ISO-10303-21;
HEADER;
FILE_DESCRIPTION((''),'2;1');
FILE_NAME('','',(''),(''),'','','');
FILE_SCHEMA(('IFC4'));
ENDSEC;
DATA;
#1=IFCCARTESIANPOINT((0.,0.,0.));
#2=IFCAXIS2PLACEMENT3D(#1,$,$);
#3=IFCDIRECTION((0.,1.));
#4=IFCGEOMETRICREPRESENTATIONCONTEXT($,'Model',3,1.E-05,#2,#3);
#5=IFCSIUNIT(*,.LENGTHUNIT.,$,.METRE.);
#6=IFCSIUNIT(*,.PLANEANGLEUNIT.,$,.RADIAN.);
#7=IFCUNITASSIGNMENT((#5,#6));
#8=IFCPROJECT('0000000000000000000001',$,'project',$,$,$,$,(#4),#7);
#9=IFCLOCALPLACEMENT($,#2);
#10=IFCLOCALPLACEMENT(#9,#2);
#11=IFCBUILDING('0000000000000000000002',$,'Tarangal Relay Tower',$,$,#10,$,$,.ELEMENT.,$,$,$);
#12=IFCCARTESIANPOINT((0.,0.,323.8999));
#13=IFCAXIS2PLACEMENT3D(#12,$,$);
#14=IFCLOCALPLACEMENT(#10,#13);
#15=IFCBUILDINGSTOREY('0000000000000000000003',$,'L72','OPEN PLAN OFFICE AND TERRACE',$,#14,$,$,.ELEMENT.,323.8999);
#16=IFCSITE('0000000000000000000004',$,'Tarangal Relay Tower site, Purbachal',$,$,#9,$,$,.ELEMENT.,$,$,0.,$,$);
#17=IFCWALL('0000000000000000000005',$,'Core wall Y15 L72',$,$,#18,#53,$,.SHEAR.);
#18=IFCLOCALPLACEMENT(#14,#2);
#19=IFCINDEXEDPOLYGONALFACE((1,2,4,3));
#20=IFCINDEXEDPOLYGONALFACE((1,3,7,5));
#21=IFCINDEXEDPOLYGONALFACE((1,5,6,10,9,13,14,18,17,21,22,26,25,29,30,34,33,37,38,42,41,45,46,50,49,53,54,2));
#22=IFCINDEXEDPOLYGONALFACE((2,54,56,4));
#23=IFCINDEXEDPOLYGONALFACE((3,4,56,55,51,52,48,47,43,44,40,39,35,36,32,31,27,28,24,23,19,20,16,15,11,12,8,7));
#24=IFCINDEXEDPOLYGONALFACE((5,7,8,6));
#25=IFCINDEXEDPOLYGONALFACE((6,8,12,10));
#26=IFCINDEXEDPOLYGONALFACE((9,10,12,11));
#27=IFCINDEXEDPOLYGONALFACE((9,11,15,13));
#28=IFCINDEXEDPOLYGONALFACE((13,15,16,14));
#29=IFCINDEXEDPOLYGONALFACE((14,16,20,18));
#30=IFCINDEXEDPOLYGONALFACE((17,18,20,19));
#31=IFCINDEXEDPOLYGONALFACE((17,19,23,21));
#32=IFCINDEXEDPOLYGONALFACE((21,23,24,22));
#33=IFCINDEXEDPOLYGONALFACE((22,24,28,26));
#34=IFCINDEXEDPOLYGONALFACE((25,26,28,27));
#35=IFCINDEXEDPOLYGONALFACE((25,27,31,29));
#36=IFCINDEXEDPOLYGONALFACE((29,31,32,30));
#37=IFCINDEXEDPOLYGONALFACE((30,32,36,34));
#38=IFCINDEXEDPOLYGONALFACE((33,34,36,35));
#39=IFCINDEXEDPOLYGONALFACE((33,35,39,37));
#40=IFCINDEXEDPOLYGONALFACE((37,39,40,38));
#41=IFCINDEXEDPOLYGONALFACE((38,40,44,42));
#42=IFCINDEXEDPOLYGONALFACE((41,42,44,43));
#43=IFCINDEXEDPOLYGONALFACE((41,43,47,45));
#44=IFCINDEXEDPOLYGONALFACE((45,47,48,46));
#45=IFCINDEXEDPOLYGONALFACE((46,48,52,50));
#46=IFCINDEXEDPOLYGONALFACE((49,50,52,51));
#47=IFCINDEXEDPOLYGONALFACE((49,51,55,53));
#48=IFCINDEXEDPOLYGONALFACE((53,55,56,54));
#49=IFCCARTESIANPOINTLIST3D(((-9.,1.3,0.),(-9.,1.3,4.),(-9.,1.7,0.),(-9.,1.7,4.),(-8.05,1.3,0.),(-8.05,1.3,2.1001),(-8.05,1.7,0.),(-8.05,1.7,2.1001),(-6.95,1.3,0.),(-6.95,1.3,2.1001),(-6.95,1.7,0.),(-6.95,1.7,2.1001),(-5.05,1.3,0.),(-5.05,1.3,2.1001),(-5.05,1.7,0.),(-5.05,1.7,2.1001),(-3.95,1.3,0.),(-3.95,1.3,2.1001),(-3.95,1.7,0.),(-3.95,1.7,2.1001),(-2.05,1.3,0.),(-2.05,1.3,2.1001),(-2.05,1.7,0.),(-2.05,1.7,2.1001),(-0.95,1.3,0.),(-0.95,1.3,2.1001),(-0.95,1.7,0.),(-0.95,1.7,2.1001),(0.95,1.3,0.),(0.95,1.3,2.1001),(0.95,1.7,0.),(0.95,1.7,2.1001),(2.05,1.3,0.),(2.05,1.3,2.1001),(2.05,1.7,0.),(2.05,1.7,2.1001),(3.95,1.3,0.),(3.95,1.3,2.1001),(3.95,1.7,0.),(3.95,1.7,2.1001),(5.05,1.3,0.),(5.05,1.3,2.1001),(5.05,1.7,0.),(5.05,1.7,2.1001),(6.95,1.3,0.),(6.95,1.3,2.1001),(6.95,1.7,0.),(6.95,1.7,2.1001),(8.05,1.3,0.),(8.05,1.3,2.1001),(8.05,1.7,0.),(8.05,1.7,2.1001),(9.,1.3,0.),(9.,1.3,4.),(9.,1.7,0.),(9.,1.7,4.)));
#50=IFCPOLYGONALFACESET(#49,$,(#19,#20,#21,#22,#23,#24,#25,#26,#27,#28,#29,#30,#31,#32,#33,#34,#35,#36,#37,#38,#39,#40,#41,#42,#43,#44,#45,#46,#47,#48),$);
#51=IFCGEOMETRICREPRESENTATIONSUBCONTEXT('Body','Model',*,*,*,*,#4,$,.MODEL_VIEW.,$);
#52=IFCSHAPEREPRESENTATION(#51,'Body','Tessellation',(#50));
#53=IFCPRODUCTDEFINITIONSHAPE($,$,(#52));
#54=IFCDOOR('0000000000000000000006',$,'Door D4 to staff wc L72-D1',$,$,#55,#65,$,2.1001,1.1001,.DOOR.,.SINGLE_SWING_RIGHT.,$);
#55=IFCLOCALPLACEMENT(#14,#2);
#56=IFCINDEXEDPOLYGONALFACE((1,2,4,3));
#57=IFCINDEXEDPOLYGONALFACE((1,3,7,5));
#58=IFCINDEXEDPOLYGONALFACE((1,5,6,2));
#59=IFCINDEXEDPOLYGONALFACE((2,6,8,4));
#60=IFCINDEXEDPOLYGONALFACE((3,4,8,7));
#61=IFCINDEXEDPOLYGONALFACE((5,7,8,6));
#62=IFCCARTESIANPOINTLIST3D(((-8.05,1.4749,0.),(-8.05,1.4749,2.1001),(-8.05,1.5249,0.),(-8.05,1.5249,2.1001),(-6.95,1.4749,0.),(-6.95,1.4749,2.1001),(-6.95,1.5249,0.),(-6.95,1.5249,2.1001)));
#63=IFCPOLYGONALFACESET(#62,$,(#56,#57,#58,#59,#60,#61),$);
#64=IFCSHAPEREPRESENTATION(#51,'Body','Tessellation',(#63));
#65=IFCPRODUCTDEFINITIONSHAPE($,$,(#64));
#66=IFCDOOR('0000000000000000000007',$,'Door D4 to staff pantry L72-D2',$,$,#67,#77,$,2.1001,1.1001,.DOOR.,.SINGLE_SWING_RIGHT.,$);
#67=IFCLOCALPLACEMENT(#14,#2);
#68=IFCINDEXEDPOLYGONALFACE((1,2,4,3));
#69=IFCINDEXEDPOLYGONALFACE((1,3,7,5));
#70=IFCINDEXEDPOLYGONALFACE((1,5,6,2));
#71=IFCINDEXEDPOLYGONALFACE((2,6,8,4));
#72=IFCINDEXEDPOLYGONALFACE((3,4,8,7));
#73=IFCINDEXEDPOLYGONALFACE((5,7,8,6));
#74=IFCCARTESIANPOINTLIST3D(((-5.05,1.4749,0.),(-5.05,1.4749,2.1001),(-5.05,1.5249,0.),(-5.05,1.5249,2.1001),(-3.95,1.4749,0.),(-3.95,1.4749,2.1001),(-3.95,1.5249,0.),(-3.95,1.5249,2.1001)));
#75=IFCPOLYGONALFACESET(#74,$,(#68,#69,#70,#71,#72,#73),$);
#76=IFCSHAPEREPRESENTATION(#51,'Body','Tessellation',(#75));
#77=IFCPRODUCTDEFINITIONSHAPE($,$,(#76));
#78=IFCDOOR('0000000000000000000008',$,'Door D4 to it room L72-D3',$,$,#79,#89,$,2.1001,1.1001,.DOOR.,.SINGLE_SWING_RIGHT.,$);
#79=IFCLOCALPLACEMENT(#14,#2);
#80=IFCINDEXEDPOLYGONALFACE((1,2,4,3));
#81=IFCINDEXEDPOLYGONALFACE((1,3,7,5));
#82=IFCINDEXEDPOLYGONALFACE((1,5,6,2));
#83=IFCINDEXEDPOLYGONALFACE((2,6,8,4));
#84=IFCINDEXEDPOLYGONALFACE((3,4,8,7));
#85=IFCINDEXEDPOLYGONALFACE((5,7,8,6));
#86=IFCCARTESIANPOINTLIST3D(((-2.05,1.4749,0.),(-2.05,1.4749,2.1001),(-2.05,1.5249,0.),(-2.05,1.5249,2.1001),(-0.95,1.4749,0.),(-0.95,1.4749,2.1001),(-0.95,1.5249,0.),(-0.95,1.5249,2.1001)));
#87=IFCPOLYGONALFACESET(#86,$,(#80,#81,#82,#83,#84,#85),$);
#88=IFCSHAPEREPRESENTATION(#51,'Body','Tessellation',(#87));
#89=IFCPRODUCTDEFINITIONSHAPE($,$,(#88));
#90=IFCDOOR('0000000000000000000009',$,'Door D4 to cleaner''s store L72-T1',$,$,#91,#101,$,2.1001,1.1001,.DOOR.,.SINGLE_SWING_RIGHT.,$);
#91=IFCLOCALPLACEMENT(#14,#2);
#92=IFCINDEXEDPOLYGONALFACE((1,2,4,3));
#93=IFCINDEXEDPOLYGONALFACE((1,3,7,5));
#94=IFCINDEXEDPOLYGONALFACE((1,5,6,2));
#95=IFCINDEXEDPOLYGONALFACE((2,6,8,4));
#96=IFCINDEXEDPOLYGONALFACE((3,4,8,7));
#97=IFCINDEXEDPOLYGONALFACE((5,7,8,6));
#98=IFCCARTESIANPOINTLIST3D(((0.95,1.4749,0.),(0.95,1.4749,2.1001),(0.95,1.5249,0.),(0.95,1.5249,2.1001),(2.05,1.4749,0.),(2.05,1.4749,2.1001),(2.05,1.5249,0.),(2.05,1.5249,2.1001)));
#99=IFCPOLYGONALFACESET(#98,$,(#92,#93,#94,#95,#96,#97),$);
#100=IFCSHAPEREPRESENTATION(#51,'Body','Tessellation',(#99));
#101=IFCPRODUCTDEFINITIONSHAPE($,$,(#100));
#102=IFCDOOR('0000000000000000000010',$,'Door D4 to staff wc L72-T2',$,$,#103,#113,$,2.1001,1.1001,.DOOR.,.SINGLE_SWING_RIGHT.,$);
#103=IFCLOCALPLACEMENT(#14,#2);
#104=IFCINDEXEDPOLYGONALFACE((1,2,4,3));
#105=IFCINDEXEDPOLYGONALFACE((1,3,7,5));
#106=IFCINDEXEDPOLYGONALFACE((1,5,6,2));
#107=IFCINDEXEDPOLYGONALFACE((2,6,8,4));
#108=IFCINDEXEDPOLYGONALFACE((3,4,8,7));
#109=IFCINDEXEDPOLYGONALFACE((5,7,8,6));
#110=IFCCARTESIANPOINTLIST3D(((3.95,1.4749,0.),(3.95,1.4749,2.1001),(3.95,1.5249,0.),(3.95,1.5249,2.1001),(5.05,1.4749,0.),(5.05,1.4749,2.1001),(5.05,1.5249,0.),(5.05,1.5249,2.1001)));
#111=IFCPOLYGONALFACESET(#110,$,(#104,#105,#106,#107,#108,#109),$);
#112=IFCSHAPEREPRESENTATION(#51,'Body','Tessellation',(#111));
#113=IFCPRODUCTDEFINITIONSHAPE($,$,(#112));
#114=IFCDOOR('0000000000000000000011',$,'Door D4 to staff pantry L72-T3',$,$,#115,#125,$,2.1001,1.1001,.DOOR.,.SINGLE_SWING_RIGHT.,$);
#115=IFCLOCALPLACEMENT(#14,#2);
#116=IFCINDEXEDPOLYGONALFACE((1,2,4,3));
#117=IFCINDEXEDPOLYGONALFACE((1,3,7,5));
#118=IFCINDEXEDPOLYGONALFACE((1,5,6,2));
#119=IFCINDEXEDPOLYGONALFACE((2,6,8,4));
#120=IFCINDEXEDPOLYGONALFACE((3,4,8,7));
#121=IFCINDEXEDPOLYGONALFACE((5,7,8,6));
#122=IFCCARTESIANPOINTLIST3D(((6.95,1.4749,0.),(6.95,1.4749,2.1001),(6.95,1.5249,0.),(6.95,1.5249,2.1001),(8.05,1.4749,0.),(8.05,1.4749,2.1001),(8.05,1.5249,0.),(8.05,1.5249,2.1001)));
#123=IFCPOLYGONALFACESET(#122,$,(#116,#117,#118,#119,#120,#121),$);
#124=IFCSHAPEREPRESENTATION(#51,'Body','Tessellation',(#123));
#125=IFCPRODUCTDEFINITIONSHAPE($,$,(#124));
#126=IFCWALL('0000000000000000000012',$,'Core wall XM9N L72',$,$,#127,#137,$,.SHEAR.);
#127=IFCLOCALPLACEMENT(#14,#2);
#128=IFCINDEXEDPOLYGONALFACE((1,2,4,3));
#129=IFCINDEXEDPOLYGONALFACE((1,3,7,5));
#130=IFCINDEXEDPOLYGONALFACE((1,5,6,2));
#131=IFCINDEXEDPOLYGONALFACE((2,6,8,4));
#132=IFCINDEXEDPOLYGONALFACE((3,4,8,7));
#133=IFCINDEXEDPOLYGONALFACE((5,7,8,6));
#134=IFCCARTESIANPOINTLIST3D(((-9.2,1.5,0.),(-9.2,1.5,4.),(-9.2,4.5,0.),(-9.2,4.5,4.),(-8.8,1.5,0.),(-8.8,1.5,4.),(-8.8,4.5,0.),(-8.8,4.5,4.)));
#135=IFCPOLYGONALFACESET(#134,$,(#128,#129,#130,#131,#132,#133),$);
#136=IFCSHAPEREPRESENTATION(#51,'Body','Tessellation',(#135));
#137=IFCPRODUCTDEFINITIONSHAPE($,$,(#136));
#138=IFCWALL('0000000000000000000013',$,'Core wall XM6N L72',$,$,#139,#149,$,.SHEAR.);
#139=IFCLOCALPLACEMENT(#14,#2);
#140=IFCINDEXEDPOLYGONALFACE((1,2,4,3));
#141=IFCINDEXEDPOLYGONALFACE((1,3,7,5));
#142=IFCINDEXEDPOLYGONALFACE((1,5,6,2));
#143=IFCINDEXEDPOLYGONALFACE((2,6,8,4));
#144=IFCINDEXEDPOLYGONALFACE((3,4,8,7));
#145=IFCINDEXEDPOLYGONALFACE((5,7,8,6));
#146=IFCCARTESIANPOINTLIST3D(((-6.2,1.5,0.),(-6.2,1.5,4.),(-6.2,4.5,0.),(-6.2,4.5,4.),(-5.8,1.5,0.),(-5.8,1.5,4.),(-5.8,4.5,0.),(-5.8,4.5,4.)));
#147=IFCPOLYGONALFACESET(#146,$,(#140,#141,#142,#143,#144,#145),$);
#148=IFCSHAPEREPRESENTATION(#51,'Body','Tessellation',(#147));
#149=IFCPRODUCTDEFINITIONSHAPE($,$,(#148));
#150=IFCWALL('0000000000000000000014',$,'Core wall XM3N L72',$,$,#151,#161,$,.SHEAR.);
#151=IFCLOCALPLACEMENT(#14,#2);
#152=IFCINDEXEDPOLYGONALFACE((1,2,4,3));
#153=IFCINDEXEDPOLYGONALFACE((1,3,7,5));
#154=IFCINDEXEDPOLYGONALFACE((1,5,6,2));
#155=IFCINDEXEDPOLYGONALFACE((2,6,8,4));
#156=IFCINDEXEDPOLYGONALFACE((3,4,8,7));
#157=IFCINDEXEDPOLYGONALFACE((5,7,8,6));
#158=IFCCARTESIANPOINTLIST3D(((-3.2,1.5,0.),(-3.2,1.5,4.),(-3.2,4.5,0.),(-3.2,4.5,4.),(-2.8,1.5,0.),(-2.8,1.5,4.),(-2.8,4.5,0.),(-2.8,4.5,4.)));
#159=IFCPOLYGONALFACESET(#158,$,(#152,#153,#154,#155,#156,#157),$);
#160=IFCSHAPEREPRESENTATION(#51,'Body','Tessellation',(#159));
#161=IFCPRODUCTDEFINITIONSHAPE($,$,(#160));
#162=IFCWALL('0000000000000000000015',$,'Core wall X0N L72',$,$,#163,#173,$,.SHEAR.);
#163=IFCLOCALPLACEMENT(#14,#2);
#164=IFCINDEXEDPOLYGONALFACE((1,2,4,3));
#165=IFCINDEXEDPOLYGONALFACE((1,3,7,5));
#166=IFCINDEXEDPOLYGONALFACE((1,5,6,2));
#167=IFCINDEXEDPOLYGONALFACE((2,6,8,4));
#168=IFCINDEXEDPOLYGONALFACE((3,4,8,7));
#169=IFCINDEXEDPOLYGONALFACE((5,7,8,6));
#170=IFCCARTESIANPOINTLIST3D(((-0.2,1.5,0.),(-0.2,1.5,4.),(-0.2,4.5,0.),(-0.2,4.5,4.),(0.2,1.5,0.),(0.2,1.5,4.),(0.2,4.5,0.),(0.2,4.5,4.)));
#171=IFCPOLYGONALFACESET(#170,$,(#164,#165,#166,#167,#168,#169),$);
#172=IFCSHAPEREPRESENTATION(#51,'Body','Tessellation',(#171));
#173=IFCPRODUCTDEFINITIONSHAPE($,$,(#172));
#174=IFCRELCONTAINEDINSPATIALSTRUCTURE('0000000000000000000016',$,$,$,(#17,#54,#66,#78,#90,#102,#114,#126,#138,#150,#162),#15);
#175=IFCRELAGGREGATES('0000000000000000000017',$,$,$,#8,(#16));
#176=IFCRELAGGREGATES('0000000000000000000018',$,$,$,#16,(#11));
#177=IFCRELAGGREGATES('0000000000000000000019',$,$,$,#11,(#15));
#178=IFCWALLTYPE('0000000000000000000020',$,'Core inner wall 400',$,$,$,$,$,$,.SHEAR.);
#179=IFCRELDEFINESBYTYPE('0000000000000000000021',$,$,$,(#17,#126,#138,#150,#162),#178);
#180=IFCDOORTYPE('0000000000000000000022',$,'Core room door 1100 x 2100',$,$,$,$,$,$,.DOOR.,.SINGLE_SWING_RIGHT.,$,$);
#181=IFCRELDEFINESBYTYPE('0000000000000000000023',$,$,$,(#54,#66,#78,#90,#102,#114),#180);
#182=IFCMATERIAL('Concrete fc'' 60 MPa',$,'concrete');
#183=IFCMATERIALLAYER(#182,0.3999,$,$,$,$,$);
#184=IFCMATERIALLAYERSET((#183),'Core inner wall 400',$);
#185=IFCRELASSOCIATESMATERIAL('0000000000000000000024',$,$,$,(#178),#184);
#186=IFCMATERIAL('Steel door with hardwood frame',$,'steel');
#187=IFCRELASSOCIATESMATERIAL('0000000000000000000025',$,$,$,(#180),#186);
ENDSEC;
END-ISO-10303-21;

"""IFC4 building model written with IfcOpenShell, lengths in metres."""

from ifc_helpers import new_model, si_unit, direction, frame, frame_2d, origin, place, context, subcontext, project, spatial, rectangle, extrude, material, layer, layer_set, type_object, element, fill, save


model = new_model("IFC4")

# Units and contexts
model_context = context("Model", 3, precision=1e-05, world=origin(), true_north=direction((0.0, 1.0)))
body_context = subcontext(model_context, "Body", "Model", "MODEL_VIEW")
ifc_project = project(units=[si_unit("LENGTHUNIT", "METRE"), si_unit("PLANEANGLEUNIT", "RADIAN")], contexts=[model_context])

# Site, building, storey
site_placement = place(None, origin())
site = spatial("IfcSite", under=ifc_project, at=site_placement, Name="Tarangal Relay Tower site, Purbachal", CompositionType="ELEMENT", RefElevation=0.0)
building_placement = place(site_placement, origin())
building = spatial("IfcBuilding", under=site, at=building_placement, Name="Tarangal Relay Tower", CompositionType="ELEMENT")
storey_placement = place(building_placement, frame((0.0, 0.0, 323.8999)))
storey = spatial("IfcBuildingStorey", under=building, at=storey_placement, Name="L72", Description="OPEN PLAN OFFICE AND TERRACE", CompositionType="ELEMENT", Elevation=323.8999)

# Wall, openings, doors
ifc_material_1 = material(Name="Concrete fc' 60 MPa", Category="concrete")
ifc_layer_1 = layer(ifc_material_1, 0.3999)
ifc_layer_set_1 = layer_set([ifc_layer_1], Name="Core inner wall 400")
wall_type = type_object("IfcWallType", Name="Core inner wall 400", PredefinedType="SHEAR", material=ifc_layer_set_1)
wall_1_placement = place(storey_placement, frame((-9.0, 1.5, 0.0), z_axis=(0.0, 0.0, 1.0), x_axis=(1.0, 0.0, 0.0)))
wall_1 = element("IfcWall", 1, at=wall_1_placement, inside=storey, type_object=wall_type, Name="Core wall Y15 L72", PredefinedType="SHEAR", context=body_context, shape_type="SweptSolid", body=[
    extrude(rectangle(XDim=18.0, YDim=0.3999, at=frame_2d((9.0, 0.0))), origin(), (0.0, 0.0, 1.0), 4.0),
])
opening_1_placement = place(wall_1_placement, frame((0.95, 0.0, 0.0)))
opening_1 = element("IfcOpeningElement", 2, at=opening_1_placement, cuts=wall_1, PredefinedType="OPENING", context=body_context, shape_type="SweptSolid", body=[
    extrude(rectangle(XDim=1.1001, YDim=2.1001, at=frame_2d((0.55, 1.05))), frame((0.0, 0.21, 0.0), z_axis=(0.0, -1.0, 0.0), x_axis=(1.0, 0.0, 0.0)), (0.0, 0.0, 1.0), 0.4199),
])
opening_2_placement = place(wall_1_placement, frame((3.95, 0.0, 0.0)))
opening_2 = element("IfcOpeningElement", 3, at=opening_2_placement, cuts=wall_1, PredefinedType="OPENING", context=body_context, shape_type="SweptSolid", body=[
    extrude(rectangle(XDim=1.1001, YDim=2.1001, at=frame_2d((0.55, 1.05))), frame((0.0, 0.21, 0.0), z_axis=(0.0, -1.0, 0.0), x_axis=(1.0, 0.0, 0.0)), (0.0, 0.0, 1.0), 0.4199),
])
opening_3_placement = place(wall_1_placement, frame((6.95, 0.0, 0.0)))
opening_3 = element("IfcOpeningElement", 4, at=opening_3_placement, cuts=wall_1, PredefinedType="OPENING", context=body_context, shape_type="SweptSolid", body=[
    extrude(rectangle(XDim=1.1001, YDim=2.1001, at=frame_2d((0.55, 1.05))), frame((0.0, 0.21, 0.0), z_axis=(0.0, -1.0, 0.0), x_axis=(1.0, 0.0, 0.0)), (0.0, 0.0, 1.0), 0.4199),
])
opening_4_placement = place(wall_1_placement, frame((9.95, 0.0, 0.0)))
opening_4 = element("IfcOpeningElement", 5, at=opening_4_placement, cuts=wall_1, PredefinedType="OPENING", context=body_context, shape_type="SweptSolid", body=[
    extrude(rectangle(XDim=1.1001, YDim=2.1001, at=frame_2d((0.55, 1.05))), frame((0.0, 0.21, 0.0), z_axis=(0.0, -1.0, 0.0), x_axis=(1.0, 0.0, 0.0)), (0.0, 0.0, 1.0), 0.4199),
])
opening_5_placement = place(wall_1_placement, frame((12.95, 0.0, 0.0)))
opening_5 = element("IfcOpeningElement", 6, at=opening_5_placement, cuts=wall_1, PredefinedType="OPENING", context=body_context, shape_type="SweptSolid", body=[
    extrude(rectangle(XDim=1.1001, YDim=2.1001, at=frame_2d((0.55, 1.05))), frame((0.0, 0.21, 0.0), z_axis=(0.0, -1.0, 0.0), x_axis=(1.0, 0.0, 0.0)), (0.0, 0.0, 1.0), 0.4199),
])
opening_6_placement = place(wall_1_placement, frame((15.95, 0.0, 0.0)))
opening_6 = element("IfcOpeningElement", 7, at=opening_6_placement, cuts=wall_1, PredefinedType="OPENING", context=body_context, shape_type="SweptSolid", body=[
    extrude(rectangle(XDim=1.1001, YDim=2.1001, at=frame_2d((0.55, 1.05))), frame((0.0, 0.21, 0.0), z_axis=(0.0, -1.0, 0.0), x_axis=(1.0, 0.0, 0.0)), (0.0, 0.0, 1.0), 0.4199),
])
ifc_material_2 = material(Name="Steel door with hardwood frame", Category="steel")
door_type_1 = type_object("IfcDoorType", Name="Core room door 1100 x 2100", OperationType="SINGLE_SWING_RIGHT", PredefinedType="DOOR", material=ifc_material_2)
door_1_placement = place(opening_1_placement, origin())
door_1 = element("IfcDoor", 8, at=door_1_placement, inside=storey, type_object=door_type_1, Name="Door D4 to staff wc L72-D1", OperationType="SINGLE_SWING_RIGHT", OverallHeight=2.1001, OverallWidth=1.1001, PredefinedType="DOOR", context=body_context, shape_type="SweptSolid", body=[
    extrude(rectangle(XDim=1.1001, YDim=2.1001, at=frame_2d((0.55, 1.05))), frame((0.0, 0.0249, 0.0), z_axis=(0.0, -1.0, 0.0), x_axis=(1.0, 0.0, 0.0)), (0.0, 0.0, 1.0), 0.05),
])
fill(opening_1, door_1)
door_2_placement = place(opening_2_placement, origin())
door_2 = element("IfcDoor", 9, at=door_2_placement, inside=storey, type_object=door_type_1, Name="Door D4 to staff pantry L72-D2", OperationType="SINGLE_SWING_RIGHT", OverallHeight=2.1001, OverallWidth=1.1001, PredefinedType="DOOR", context=body_context, shape_type="SweptSolid", body=[
    extrude(rectangle(XDim=1.1001, YDim=2.1001, at=frame_2d((0.55, 1.05))), frame((0.0, 0.0249, 0.0), z_axis=(0.0, -1.0, 0.0), x_axis=(1.0, 0.0, 0.0)), (0.0, 0.0, 1.0), 0.05),
])
fill(opening_2, door_2)
door_3_placement = place(opening_3_placement, origin())
door_3 = element("IfcDoor", 10, at=door_3_placement, inside=storey, type_object=door_type_1, Name="Door D4 to it room L72-D3", OperationType="SINGLE_SWING_RIGHT", OverallHeight=2.1001, OverallWidth=1.1001, PredefinedType="DOOR", context=body_context, shape_type="SweptSolid", body=[
    extrude(rectangle(XDim=1.1001, YDim=2.1001, at=frame_2d((0.55, 1.05))), frame((0.0, 0.0249, 0.0), z_axis=(0.0, -1.0, 0.0), x_axis=(1.0, 0.0, 0.0)), (0.0, 0.0, 1.0), 0.05),
])
fill(opening_3, door_3)
door_4_placement = place(opening_4_placement, origin())
door_4 = element("IfcDoor", 11, at=door_4_placement, inside=storey, type_object=door_type_1, Name="Door D4 to cleaner's store L72-T1", OperationType="SINGLE_SWING_RIGHT", OverallHeight=2.1001, OverallWidth=1.1001, PredefinedType="DOOR", context=body_context, shape_type="SweptSolid", body=[
    extrude(rectangle(XDim=1.1001, YDim=2.1001, at=frame_2d((0.55, 1.05))), frame((0.0, 0.0249, 0.0), z_axis=(0.0, -1.0, 0.0), x_axis=(1.0, 0.0, 0.0)), (0.0, 0.0, 1.0), 0.05),
])
fill(opening_4, door_4)
door_5_placement = place(opening_5_placement, origin())
door_5 = element("IfcDoor", 12, at=door_5_placement, inside=storey, type_object=door_type_1, Name="Door D4 to staff wc L72-T2", OperationType="SINGLE_SWING_RIGHT", OverallHeight=2.1001, OverallWidth=1.1001, PredefinedType="DOOR", context=body_context, shape_type="SweptSolid", body=[
    extrude(rectangle(XDim=1.1001, YDim=2.1001, at=frame_2d((0.55, 1.05))), frame((0.0, 0.0249, 0.0), z_axis=(0.0, -1.0, 0.0), x_axis=(1.0, 0.0, 0.0)), (0.0, 0.0, 1.0), 0.05),
])
fill(opening_5, door_5)
door_6_placement = place(opening_6_placement, origin())
door_6 = element("IfcDoor", 13, at=door_6_placement, inside=storey, type_object=door_type_1, Name="Door D4 to staff pantry L72-T3", OperationType="SINGLE_SWING_RIGHT", OverallHeight=2.1001, OverallWidth=1.1001, PredefinedType="DOOR", context=body_context, shape_type="SweptSolid", body=[
    extrude(rectangle(XDim=1.1001, YDim=2.1001, at=frame_2d((0.55, 1.05))), frame((0.0, 0.0249, 0.0), z_axis=(0.0, -1.0, 0.0), x_axis=(1.0, 0.0, 0.0)), (0.0, 0.0, 1.0), 0.05),
])
fill(opening_6, door_6)

# Walls
for number, where, z_axis, x_axis, name in (
    (14, (-9.0, 1.5, 0.0), (0.0, 0.0, 1.0), (0.0, 1.0, 0.0), "Core wall XM9N L72"),
    (15, (-6.0, 1.5, 0.0), (0.0, 0.0, 1.0), (0.0, 1.0, 0.0), "Core wall XM6N L72"),
    (16, (-3.0, 1.5, 0.0), (0.0, 0.0, 1.0), (0.0, 1.0, 0.0), "Core wall XM3N L72"),
    (17, (0.0, 1.5, 0.0), (0.0, 0.0, 1.0), (0.0, 1.0, 0.0), "Core wall X0N L72"),
):
    element("IfcWall", number, at=place(storey_placement, frame(where, z_axis=z_axis, x_axis=x_axis)), inside=storey, type_object=wall_type, Name=name, PredefinedType="SHEAR", context=body_context, shape_type="SweptSolid", body=[
        extrude(rectangle(XDim=3.0, YDim=0.3999, at=frame_2d((1.5, 0.0))), origin(), (0.0, 0.0, 1.0), 4.0),
    ])

save(model, "model.ifc")
